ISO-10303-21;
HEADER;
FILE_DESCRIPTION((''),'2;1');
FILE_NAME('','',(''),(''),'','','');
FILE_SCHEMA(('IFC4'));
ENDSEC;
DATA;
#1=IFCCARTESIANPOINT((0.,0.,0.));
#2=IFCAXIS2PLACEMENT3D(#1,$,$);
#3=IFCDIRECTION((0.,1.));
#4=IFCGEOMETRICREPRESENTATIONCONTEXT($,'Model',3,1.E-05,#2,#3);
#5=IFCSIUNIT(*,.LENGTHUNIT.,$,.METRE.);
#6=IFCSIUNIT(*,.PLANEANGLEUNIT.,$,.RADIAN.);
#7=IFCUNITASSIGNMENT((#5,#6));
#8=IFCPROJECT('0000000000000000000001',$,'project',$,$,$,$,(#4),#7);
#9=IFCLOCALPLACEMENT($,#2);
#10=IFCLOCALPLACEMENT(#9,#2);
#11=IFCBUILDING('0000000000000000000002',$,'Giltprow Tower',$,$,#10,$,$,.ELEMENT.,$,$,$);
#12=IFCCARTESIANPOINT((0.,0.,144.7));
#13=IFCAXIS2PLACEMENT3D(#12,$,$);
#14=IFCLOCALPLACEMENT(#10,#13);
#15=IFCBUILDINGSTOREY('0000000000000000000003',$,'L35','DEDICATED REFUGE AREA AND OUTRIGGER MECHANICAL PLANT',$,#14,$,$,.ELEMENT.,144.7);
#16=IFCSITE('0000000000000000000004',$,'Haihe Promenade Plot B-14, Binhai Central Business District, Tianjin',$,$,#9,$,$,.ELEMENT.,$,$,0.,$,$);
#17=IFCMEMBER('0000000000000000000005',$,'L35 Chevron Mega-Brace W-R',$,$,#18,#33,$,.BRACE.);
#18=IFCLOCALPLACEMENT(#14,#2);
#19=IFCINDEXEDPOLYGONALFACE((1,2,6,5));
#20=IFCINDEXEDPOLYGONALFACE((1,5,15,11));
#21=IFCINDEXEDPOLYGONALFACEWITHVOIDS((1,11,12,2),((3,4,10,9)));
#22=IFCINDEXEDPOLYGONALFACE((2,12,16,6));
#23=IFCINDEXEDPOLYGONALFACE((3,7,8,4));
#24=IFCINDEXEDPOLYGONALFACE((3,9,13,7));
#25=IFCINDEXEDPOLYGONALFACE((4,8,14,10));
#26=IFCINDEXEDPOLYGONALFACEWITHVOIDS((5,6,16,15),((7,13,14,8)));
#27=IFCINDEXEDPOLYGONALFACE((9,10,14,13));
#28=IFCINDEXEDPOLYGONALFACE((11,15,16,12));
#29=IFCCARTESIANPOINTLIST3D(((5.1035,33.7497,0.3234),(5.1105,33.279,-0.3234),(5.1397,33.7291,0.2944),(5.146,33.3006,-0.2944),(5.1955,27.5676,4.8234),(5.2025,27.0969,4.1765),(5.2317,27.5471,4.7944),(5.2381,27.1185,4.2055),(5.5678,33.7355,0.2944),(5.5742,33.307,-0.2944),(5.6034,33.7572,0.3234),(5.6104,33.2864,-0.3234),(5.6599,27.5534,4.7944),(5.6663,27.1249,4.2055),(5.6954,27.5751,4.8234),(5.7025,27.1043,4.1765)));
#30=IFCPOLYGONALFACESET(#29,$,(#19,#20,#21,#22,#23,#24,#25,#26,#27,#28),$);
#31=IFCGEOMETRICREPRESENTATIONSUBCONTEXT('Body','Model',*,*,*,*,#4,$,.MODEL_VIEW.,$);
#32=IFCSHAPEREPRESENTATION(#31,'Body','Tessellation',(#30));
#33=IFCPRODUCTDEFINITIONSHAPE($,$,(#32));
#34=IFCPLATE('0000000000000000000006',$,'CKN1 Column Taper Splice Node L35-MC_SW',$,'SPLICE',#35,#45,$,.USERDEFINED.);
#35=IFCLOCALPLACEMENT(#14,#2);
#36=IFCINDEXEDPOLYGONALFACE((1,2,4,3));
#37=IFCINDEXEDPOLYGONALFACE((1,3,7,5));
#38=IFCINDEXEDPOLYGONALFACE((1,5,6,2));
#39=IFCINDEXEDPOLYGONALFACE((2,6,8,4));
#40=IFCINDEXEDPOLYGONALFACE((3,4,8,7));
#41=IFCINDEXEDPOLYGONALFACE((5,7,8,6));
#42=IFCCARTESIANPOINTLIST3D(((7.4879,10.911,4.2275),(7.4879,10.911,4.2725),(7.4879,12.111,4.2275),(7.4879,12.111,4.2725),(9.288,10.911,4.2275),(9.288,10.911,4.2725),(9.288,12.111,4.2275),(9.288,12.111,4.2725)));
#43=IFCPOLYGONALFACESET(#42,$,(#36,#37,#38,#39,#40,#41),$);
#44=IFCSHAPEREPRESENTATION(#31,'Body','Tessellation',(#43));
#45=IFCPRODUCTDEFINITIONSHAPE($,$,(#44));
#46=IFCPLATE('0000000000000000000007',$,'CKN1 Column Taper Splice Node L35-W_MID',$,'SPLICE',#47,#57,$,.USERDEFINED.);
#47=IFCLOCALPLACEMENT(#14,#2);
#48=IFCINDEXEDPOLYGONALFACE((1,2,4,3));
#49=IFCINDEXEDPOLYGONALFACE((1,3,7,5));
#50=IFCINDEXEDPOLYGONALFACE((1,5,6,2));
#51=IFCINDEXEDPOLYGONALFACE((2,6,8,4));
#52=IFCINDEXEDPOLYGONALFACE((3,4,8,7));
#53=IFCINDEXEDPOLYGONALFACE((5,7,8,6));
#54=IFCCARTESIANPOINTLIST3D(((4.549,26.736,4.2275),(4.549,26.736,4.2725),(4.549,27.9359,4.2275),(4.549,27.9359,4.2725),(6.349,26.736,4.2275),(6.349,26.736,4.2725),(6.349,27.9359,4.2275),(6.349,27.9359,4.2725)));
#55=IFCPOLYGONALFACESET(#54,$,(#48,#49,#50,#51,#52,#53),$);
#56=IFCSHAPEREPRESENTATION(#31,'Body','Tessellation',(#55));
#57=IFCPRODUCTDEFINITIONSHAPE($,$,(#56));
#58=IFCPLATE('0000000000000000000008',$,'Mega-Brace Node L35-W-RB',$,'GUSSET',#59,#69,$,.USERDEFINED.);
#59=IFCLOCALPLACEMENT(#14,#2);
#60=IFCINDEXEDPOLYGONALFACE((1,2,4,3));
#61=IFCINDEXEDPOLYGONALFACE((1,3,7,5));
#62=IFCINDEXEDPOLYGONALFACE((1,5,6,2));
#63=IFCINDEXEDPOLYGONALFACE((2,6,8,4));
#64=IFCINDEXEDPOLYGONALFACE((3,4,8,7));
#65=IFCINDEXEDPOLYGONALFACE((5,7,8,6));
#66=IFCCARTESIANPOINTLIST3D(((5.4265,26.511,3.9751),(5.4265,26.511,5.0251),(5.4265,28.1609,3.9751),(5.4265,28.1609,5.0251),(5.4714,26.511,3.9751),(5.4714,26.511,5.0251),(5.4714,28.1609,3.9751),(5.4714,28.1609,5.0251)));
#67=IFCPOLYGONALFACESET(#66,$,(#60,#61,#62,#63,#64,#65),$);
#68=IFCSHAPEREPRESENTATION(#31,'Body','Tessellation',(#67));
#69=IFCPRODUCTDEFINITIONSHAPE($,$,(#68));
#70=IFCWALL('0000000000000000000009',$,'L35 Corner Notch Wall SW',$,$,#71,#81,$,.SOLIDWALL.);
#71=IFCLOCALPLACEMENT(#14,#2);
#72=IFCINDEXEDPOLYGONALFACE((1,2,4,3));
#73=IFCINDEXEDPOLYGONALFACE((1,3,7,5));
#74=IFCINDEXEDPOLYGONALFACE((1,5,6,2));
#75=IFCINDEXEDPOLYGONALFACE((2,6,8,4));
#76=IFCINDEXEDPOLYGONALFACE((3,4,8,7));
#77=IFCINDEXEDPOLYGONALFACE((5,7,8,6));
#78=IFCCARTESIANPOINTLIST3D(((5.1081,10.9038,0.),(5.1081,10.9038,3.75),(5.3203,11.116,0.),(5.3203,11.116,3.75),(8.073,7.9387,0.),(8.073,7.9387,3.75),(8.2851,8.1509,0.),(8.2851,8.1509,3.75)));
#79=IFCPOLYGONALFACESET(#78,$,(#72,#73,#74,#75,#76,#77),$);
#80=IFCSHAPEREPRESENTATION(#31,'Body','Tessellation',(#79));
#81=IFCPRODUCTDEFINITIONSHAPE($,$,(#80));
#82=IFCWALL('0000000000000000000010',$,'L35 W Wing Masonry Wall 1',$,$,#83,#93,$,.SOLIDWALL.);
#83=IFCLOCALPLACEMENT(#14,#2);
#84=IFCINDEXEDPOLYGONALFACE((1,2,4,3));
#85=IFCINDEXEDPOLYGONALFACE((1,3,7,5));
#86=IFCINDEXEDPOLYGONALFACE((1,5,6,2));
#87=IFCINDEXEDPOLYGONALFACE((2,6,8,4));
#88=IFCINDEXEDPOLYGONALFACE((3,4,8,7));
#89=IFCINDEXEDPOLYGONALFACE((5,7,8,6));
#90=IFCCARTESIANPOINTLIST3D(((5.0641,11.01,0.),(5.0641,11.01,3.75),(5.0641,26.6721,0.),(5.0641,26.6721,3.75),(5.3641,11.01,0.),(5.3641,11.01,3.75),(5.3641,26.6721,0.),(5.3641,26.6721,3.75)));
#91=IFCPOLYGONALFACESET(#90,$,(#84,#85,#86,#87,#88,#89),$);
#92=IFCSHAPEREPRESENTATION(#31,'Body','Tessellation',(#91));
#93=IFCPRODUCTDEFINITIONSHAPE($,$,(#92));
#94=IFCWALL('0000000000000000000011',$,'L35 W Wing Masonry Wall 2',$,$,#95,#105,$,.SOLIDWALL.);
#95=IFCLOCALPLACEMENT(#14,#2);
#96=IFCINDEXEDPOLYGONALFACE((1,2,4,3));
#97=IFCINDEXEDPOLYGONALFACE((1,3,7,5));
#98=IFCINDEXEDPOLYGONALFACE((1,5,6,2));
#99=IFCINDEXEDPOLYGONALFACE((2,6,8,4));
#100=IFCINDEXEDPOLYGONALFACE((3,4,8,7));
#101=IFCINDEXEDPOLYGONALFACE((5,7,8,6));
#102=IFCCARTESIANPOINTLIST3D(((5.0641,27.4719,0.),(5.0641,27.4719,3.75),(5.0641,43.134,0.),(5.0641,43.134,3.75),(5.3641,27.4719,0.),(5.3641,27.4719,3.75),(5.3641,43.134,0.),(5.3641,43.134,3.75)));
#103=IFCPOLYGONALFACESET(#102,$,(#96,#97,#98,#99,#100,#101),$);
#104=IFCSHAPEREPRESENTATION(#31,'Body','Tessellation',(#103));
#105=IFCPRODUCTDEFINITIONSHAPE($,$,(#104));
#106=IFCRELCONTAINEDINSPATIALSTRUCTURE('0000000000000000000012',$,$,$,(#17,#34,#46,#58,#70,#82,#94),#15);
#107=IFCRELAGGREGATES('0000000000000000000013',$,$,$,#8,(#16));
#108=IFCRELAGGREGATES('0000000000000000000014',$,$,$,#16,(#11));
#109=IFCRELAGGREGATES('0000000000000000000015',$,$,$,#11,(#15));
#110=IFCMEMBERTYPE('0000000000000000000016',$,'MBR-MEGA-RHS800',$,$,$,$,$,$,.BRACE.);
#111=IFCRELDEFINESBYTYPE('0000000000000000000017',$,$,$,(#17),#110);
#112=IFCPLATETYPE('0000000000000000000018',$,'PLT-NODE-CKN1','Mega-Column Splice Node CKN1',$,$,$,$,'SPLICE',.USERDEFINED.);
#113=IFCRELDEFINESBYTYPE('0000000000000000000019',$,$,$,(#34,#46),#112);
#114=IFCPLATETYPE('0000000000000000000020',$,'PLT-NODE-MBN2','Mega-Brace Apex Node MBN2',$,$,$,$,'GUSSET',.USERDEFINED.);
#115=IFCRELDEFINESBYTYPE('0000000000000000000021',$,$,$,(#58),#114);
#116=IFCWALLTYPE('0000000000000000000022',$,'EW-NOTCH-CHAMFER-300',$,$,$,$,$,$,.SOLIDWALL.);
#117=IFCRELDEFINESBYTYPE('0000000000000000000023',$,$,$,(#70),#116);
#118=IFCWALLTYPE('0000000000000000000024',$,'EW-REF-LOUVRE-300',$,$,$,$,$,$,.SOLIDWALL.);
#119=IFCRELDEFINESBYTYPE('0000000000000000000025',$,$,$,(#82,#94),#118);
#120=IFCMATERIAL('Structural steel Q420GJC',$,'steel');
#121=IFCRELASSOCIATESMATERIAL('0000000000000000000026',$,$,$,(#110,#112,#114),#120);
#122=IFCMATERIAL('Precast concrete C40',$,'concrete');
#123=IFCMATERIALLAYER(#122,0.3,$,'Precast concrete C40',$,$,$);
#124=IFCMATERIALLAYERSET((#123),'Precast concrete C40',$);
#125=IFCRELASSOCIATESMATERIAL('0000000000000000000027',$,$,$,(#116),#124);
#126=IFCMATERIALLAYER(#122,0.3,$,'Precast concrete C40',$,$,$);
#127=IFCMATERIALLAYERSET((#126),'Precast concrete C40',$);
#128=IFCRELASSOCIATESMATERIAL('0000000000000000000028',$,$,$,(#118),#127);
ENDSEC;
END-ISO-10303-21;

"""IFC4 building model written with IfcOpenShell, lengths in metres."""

from ifc_helpers import new_model, si_unit, direction, frame, frame_2d, origin, origin_2d, place, context, subcontext, project, spatial, rectangle, hollow_rectangle, extrude, source, transform, mapped, material, layer, layer_set, material_profile, profile_set, type_object, element, save


model = new_model("IFC4")

# Units and contexts
model_context = context("Model", 3, precision=1e-05, world=origin(), true_north=direction((0.0, 1.0)))
body_context = subcontext(model_context, "Body", "Model", "MODEL_VIEW")
ifc_project = project(units=[si_unit("LENGTHUNIT", "METRE"), si_unit("PLANEANGLEUNIT", "RADIAN")], contexts=[model_context])

# Site, building, storey
site_placement = place(None, origin())
site = spatial("IfcSite", under=ifc_project, at=site_placement, Name="Haihe Promenade Plot B-14, Binhai Central Business District, Tianjin", CompositionType="ELEMENT", RefElevation=0.0)
building_placement = place(site_placement, origin())
building = spatial("IfcBuilding", under=site, at=building_placement, Name="Giltprow Tower", CompositionType="ELEMENT")
storey_placement = place(building_placement, frame((0.0, 0.0, 144.7)))
storey = spatial("IfcBuildingStorey", under=building, at=storey_placement, Name="L35", Description="DEDICATED REFUGE AREA AND OUTRIGGER MECHANICAL PLANT", CompositionType="ELEMENT", Elevation=144.7)

# Shared definitions
ifc_material_1 = material(Name="Structural steel Q420GJC", Category="steel")

# Member
ifc_material_profile_1 = material_profile(ifc_material_1, hollow_rectangle(XDim=0.5, YDim=0.8, WallThickness=0.0359, at=origin_2d()), Name="RHS 800x500x36")
ifc_profile_set_1 = profile_set([ifc_material_profile_1], Name="Structural steel Q420GJC")
member_type = type_object("IfcMemberType", Name="MBR-MEGA-RHS800", PredefinedType="BRACE", material=ifc_profile_set_1)
shared_shape_1 = source(origin(), body_context, "Body", "SweptSolid", [
    extrude(hollow_rectangle(XDim=0.5, YDim=0.8, WallThickness=0.0359, at=origin_2d()), origin(), (0.0, 0.0, 1.0), 7.647),
])
member_placement = place(storey_placement, frame((5.3569, 33.5181, 0.0), z_axis=(0.012036, -0.808434, 0.588463), x_axis=(0.999889, 0.014887, 0.0)))
element("IfcMember", 1, at=member_placement, inside=storey, type_object=member_type, Name="L35 Chevron Mega-Brace W-R", PredefinedType="BRACE", context=body_context, shape_type="MappedRepresentation", body=[
    mapped(shared_shape_1, transform((0.0, 0.0, 0.0), x_axis=(1.0, 0.0, 0.0), y_axis=(0.0, 1.0, 0.0), z_axis=(0.0, 0.0, 1.0), scale=1.0)),
])

# Plates
plate_type_1 = type_object("IfcPlateType", Name="PLT-NODE-CKN1", Description="Mega-Column Splice Node CKN1", ElementType="SPLICE", PredefinedType="USERDEFINED", material=ifc_material_1)
shared_shape_2 = source(origin(), body_context, "Body", "SweptSolid", [
    extrude(rectangle(XDim=1.8, YDim=1.2, at=origin_2d()), origin(), (0.0, 0.0, 1.0), 0.0449),
])
for number, where, z_axis, x_axis, name in (
    (2, (8.3879, 11.511, 4.2275), (0.0, 0.0, 1.0), (1.0, 0.0, 0.0), "CKN1 Column Taper Splice Node L35-MC_SW"),
    (3, (5.449, 27.3359, 4.2275), (0.0, 0.0, 1.0), (1.0, 0.0, 0.0), "CKN1 Column Taper Splice Node L35-W_MID"),
):
    element("IfcPlate", number, at=place(storey_placement, frame(where, z_axis=z_axis, x_axis=x_axis)), inside=storey, type_object=plate_type_1, Name=name, ObjectType="SPLICE", PredefinedType="USERDEFINED", context=body_context, shape_type="MappedRepresentation", body=[
        mapped(shared_shape_2, transform((0.0, 0.0, 0.0), x_axis=(1.0, 0.0, 0.0), y_axis=(0.0, 1.0, 0.0), z_axis=(0.0, 0.0, 1.0), scale=1.0)),
    ])
plate_type_2 = type_object("IfcPlateType", Name="PLT-NODE-MBN2", Description="Mega-Brace Apex Node MBN2", ElementType="GUSSET", PredefinedType="USERDEFINED", material=ifc_material_1)
shared_shape_3 = source(origin(), body_context, "Body", "SweptSolid", [
    extrude(rectangle(XDim=1.6499, YDim=0.0449, at=origin_2d()), origin(), (0.0, 0.0, 1.0), 1.05),
])
plate_placement = place(storey_placement, frame((5.449, 27.3359, 3.9751), z_axis=(0.0, 0.0, 1.0), x_axis=(0.0, 1.0, 0.0)))
element("IfcPlate", 4, at=plate_placement, inside=storey, type_object=plate_type_2, Name="Mega-Brace Node L35-W-RB", ObjectType="GUSSET", PredefinedType="USERDEFINED", context=body_context, shape_type="MappedRepresentation", body=[
    mapped(shared_shape_3, transform((0.0, 0.0, 0.0), x_axis=(1.0, 0.0, 0.0), y_axis=(0.0, 1.0, 0.0), z_axis=(0.0, 0.0, 1.0), scale=1.0)),
])

# Walls
ifc_material_2 = material(Name="Precast concrete C40", Category="concrete")
ifc_layer_1 = layer(ifc_material_2, 0.3, Name="Precast concrete C40")
ifc_layer_set_1 = layer_set([ifc_layer_1], Name="Precast concrete C40")
wall_type_1 = type_object("IfcWallType", Name="EW-NOTCH-CHAMFER-300", PredefinedType="SOLIDWALL", material=ifc_layer_set_1)
wall_1_placement = place(storey_placement, frame((5.2141, 11.01, 0.0), z_axis=(0.0, 0.0, 1.0), x_axis=(0.707078, -0.707136, 0.0)))
element("IfcWall", 5, at=wall_1_placement, inside=storey, type_object=wall_type_1, Name="L35 Corner Notch Wall SW", PredefinedType="SOLIDWALL", context=body_context, shape_type="SweptSolid", body=[
    extrude(rectangle(XDim=4.1931, YDim=0.3, at=frame_2d((2.0967, 0.0))), origin(), (0.0, 0.0, 1.0), 3.75),
])
ifc_layer_2 = layer(ifc_material_2, 0.3, Name="Precast concrete C40")
ifc_layer_set_2 = layer_set([ifc_layer_2], Name="Precast concrete C40")
wall_type_2 = type_object("IfcWallType", Name="EW-REF-LOUVRE-300", PredefinedType="SOLIDWALL", material=ifc_layer_set_2)
for number, where, z_axis, x_axis, name in (
    (6, (5.2141, 11.01, 0.0), (0.0, 0.0, 1.0), (0.0, 1.0, 0.0), "L35 W Wing Masonry Wall 1"),
    (7, (5.2141, 27.4719, 0.0), (0.0, 0.0, 1.0), (0.0, 1.0, 0.0), "L35 W Wing Masonry Wall 2"),
):
    element("IfcWall", number, at=place(storey_placement, frame(where, z_axis=z_axis, x_axis=x_axis)), inside=storey, type_object=wall_type_2, Name=name, PredefinedType="SOLIDWALL", context=body_context, shape_type="SweptSolid", body=[
        extrude(rectangle(XDim=15.6621, YDim=0.3, at=frame_2d((7.8311, 0.0))), origin(), (0.0, 0.0, 1.0), 3.75),
    ])

save(model, "model.ifc")
